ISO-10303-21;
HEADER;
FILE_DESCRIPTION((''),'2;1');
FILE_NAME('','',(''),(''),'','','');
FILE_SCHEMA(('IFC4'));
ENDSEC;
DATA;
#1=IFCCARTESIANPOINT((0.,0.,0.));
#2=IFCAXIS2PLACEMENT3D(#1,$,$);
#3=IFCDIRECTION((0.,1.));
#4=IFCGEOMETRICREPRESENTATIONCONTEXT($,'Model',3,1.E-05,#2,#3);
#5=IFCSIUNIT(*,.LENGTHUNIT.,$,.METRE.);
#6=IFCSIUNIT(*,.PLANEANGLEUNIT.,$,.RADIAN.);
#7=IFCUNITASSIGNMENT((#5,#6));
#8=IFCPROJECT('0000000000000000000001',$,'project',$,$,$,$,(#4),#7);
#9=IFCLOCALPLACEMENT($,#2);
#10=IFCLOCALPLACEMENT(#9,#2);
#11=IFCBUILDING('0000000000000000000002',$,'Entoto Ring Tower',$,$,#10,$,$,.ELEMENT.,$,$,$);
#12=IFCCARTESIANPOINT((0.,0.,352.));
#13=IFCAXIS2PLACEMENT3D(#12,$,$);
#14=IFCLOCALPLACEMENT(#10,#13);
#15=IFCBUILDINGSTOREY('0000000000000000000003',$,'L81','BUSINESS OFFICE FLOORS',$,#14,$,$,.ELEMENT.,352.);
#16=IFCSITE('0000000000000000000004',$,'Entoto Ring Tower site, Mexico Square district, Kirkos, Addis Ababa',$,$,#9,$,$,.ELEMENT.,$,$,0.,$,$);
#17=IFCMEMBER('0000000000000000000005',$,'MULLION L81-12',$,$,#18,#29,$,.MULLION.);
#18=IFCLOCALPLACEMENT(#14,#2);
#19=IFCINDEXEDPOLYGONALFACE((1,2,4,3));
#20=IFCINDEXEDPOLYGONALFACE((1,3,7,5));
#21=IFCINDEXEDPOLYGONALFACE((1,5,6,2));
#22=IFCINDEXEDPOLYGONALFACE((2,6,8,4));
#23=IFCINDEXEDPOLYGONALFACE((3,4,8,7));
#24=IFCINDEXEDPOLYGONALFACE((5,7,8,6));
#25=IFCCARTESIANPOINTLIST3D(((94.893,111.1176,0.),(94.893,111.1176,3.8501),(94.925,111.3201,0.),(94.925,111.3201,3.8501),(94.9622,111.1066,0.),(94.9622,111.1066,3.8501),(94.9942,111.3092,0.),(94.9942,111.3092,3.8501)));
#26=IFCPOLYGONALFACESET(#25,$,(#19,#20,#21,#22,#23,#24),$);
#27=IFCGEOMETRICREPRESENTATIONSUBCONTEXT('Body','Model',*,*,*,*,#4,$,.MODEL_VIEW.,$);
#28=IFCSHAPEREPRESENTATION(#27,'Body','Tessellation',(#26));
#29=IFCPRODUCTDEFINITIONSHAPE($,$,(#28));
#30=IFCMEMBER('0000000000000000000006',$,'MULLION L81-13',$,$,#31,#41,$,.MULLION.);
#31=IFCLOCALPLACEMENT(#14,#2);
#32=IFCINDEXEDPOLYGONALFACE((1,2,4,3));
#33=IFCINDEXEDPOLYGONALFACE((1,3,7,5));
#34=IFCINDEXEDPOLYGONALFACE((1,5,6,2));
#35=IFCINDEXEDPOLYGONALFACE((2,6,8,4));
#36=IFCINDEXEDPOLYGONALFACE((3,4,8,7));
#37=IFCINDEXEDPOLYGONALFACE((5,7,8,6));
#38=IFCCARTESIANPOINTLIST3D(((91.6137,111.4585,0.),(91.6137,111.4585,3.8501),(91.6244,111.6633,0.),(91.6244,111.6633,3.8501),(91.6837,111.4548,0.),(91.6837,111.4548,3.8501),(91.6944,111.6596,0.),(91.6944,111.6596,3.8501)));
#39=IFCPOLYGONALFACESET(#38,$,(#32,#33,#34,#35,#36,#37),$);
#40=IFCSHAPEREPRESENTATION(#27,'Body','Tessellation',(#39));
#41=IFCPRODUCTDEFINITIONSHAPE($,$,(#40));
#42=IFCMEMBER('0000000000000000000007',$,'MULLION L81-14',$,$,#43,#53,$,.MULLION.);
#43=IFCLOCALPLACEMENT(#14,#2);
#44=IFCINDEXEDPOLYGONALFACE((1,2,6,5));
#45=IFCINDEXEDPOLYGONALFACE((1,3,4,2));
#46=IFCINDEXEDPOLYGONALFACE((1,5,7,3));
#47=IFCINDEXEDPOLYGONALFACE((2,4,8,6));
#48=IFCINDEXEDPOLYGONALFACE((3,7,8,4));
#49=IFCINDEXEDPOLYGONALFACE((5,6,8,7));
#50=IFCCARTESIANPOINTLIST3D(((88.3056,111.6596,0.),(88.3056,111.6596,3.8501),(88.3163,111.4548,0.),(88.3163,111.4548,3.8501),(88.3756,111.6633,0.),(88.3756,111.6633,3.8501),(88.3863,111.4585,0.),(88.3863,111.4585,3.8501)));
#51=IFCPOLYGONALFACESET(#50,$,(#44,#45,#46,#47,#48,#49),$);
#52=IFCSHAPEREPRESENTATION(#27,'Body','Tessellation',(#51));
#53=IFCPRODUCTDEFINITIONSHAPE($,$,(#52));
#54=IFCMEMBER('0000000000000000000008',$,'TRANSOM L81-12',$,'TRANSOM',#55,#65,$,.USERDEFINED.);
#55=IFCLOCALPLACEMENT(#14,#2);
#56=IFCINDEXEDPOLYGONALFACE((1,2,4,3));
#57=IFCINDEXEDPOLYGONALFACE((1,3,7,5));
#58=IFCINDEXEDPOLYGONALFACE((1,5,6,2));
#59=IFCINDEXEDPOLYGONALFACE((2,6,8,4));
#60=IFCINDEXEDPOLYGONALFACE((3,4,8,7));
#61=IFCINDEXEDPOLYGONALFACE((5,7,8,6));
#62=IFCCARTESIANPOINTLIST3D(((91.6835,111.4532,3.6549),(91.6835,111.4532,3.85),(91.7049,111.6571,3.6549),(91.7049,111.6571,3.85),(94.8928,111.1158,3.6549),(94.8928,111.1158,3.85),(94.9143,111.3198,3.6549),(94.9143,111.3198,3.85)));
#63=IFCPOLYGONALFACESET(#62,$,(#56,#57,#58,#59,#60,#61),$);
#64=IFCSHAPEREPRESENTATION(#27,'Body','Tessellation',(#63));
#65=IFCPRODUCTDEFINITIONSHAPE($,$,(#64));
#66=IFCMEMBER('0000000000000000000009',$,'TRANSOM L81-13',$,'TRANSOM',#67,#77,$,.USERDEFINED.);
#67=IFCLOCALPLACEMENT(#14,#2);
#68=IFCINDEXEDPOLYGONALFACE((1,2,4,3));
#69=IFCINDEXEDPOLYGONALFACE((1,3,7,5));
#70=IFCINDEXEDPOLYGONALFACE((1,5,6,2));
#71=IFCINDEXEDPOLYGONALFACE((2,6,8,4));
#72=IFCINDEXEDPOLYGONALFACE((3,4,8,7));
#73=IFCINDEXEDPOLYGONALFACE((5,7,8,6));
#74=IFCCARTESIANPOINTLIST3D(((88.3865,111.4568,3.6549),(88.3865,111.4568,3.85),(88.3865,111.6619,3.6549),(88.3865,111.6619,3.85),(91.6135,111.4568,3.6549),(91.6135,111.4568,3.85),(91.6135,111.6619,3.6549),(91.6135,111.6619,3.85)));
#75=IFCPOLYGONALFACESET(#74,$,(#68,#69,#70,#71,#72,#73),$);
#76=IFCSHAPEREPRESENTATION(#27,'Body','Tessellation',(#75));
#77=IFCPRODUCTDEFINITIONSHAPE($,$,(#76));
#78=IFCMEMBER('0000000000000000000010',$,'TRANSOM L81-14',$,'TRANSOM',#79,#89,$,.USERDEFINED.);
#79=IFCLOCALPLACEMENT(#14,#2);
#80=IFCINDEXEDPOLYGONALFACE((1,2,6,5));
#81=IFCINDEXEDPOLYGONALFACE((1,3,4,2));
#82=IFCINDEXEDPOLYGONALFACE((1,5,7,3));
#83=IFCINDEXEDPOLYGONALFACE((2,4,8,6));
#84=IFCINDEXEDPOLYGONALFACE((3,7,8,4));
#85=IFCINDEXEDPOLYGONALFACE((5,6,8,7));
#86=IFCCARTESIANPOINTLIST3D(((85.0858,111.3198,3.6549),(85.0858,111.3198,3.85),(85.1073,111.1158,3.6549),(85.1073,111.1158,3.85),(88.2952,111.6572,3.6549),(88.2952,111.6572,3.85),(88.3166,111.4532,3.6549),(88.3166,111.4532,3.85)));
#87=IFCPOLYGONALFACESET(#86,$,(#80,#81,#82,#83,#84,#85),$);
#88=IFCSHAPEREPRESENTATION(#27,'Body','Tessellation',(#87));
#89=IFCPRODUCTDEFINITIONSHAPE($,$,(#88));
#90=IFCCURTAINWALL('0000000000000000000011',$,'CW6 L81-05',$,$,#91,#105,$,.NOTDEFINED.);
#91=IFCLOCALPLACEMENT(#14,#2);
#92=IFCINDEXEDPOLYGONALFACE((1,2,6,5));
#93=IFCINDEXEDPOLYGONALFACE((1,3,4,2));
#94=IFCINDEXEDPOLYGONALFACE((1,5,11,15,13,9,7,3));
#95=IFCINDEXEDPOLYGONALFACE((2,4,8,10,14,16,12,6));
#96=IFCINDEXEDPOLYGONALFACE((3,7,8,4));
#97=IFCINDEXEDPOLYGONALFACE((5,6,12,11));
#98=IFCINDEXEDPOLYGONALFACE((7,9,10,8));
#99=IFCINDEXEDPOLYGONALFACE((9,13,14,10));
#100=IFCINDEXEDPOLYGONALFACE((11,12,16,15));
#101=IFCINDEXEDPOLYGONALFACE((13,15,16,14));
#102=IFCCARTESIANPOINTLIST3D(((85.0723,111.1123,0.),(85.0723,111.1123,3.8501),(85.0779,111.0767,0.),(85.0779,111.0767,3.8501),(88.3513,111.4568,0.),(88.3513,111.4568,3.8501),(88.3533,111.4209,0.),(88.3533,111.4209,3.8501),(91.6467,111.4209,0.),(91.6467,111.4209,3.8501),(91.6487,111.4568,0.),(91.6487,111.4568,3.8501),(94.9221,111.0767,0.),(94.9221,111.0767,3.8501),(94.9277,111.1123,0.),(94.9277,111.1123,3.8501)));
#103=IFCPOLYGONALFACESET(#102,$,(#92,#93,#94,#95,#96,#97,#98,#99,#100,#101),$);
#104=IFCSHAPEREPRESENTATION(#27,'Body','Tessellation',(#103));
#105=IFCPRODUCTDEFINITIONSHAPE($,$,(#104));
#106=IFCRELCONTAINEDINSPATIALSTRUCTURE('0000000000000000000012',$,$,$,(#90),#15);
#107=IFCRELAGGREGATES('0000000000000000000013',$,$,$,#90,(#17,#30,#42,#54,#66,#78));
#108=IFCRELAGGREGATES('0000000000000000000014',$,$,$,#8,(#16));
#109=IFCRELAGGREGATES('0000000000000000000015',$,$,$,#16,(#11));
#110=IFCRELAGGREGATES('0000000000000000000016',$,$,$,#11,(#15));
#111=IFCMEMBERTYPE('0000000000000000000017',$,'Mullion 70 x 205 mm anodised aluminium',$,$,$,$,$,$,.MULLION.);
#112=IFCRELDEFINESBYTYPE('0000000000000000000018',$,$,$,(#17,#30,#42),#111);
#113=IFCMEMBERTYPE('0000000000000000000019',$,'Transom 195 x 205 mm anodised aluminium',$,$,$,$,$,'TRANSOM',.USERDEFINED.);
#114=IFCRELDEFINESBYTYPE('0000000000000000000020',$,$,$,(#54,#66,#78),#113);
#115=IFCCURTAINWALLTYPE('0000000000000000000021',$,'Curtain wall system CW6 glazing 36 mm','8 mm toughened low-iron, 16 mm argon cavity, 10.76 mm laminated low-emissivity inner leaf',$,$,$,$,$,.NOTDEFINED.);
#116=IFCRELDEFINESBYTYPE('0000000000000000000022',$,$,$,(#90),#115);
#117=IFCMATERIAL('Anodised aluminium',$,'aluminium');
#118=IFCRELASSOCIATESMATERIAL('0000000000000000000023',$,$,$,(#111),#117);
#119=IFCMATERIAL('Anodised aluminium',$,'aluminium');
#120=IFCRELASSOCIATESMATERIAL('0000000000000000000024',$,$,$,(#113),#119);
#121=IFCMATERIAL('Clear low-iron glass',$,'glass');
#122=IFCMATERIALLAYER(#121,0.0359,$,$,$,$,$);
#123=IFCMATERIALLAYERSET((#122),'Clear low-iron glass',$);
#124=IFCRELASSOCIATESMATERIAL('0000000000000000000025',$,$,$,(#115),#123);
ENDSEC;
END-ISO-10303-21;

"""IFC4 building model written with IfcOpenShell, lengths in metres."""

from ifc_helpers import new_model, si_unit, direction, frame, origin, origin_2d, place, context, subcontext, project, spatial, polyline, rectangle, outline, extrude, material, layer, layer_set, material_profile, profile_set, type_object, element, aggregate, save


model = new_model("IFC4")

# Units and contexts
model_context = context("Model", 3, precision=1e-05, world=origin(), true_north=direction((0.0, 1.0)))
body_context = subcontext(model_context, "Body", "Model", "MODEL_VIEW")
ifc_project = project(units=[si_unit("LENGTHUNIT", "METRE"), si_unit("PLANEANGLEUNIT", "RADIAN")], contexts=[model_context])

# Members
ifc_material_1 = material(Name="Anodised aluminium", Category="aluminium")
ifc_material_profile_1 = material_profile(ifc_material_1, rectangle(XDim=0.0701, YDim=0.2051, at=origin_2d()), Name="Mullion 70 x 205 mm anodised aluminium")
ifc_profile_set_1 = profile_set([ifc_material_profile_1], Name="Anodised aluminium")
member_type_1 = type_object("IfcMemberType", Name="Mullion 70 x 205 mm anodised aluminium", PredefinedType="MULLION", material=ifc_profile_set_1)
site_placement = place(None, origin())
building_placement = place(site_placement, origin())
storey_placement = place(building_placement, frame((0.0, 0.0, 352.0)))
member_1_placement = place(storey_placement, frame((94.9436, 111.2134, 0.0), z_axis=(0.0, 0.0, 1.0), x_axis=(-0.987688, 0.156434, 0.0)))
member_1 = element("IfcMember", 1, at=member_1_placement, type_object=member_type_1, Name="MULLION L81-12", PredefinedType="MULLION", context=body_context, shape_type="SweptSolid", body=[
    extrude(rectangle(XDim=0.0701, YDim=0.2051, at=origin_2d()), origin(), (0.0, 0.0, 1.0), 3.8501),
])
member_2_placement = place(storey_placement, frame((91.6541, 111.5591, 0.0), z_axis=(0.0, 0.0, 1.0), x_axis=(-0.99863, 0.052336, 0.0)))
member_2 = element("IfcMember", 2, at=member_2_placement, type_object=member_type_1, Name="MULLION L81-13", PredefinedType="MULLION", context=body_context, shape_type="SweptSolid", body=[
    extrude(rectangle(XDim=0.0701, YDim=0.2051, at=origin_2d()), origin(), (0.0, 0.0, 1.0), 3.8501),
])
member_3_placement = place(storey_placement, frame((88.3459, 111.5591, 0.0), z_axis=(0.0, 0.0, 1.0), x_axis=(-0.99863, -0.052336, 0.0)))
member_3 = element("IfcMember", 3, at=member_3_placement, type_object=member_type_1, Name="MULLION L81-14", PredefinedType="MULLION", context=body_context, shape_type="SweptSolid", body=[
    extrude(rectangle(XDim=0.0701, YDim=0.2051, at=origin_2d()), origin(), (0.0, 0.0, 1.0), 3.8501),
])
ifc_material_2 = material(Name="Anodised aluminium", Category="aluminium")
ifc_material_profile_2 = material_profile(ifc_material_2, rectangle(XDim=0.2051, YDim=0.1951, at=origin_2d()), Name="Transom 195 x 205 mm anodised aluminium")
ifc_profile_set_2 = profile_set([ifc_material_profile_2], Name="Anodised aluminium")
member_type_2 = type_object("IfcMemberType", Name="Transom 195 x 205 mm anodised aluminium", ElementType="TRANSOM", PredefinedType="USERDEFINED", material=ifc_profile_set_2)
member_4_placement = place(storey_placement, frame((94.9036, 111.2178, 3.7524), z_axis=(-0.99452, 0.104551, 0.0), x_axis=(-0.104551, -0.99452, 0.0)))
member_4 = element("IfcMember", 4, at=member_4_placement, type_object=member_type_2, Name="TRANSOM L81-12", ObjectType="TRANSOM", PredefinedType="USERDEFINED", context=body_context, shape_type="SweptSolid", body=[
    extrude(rectangle(XDim=0.2051, YDim=0.1951, at=origin_2d()), origin(), (0.0, 0.0, 1.0), 3.2271),
])
member_5_placement = place(storey_placement, frame((91.6135, 111.5593, 3.7524), z_axis=(-1.0, 0.0, 0.0), x_axis=(0.0, -1.0, 0.0)))
member_5 = element("IfcMember", 5, at=member_5_placement, type_object=member_type_2, Name="TRANSOM L81-13", ObjectType="TRANSOM", PredefinedType="USERDEFINED", context=body_context, shape_type="SweptSolid", body=[
    extrude(rectangle(XDim=0.2051, YDim=0.1951, at=origin_2d()), origin(), (0.0, 0.0, 1.0), 3.2271),
])
member_6_placement = place(storey_placement, frame((88.3059, 111.5552, 3.7524), z_axis=(-0.99452, -0.104551, 0.0), x_axis=(0.104551, -0.99452, 0.0)))
member_6 = element("IfcMember", 6, at=member_6_placement, type_object=member_type_2, Name="TRANSOM L81-14", ObjectType="TRANSOM", PredefinedType="USERDEFINED", context=body_context, shape_type="SweptSolid", body=[
    extrude(rectangle(XDim=0.2051, YDim=0.1951, at=origin_2d()), origin(), (0.0, 0.0, 1.0), 3.2271),
])

# Site, building, storey
site = spatial("IfcSite", under=ifc_project, at=site_placement, Name="Entoto Ring Tower site, Mexico Square district, Kirkos, Addis Ababa", CompositionType="ELEMENT", RefElevation=0.0)
building = spatial("IfcBuilding", under=site, at=building_placement, Name="Entoto Ring Tower", CompositionType="ELEMENT")
storey = spatial("IfcBuildingStorey", under=building, at=storey_placement, Name="L81", Description="BUSINESS OFFICE FLOORS", CompositionType="ELEMENT", Elevation=352.0)

# Curtain wall
ifc_material_3 = material(Name="Clear low-iron glass", Category="glass")
ifc_layer = layer(ifc_material_3, 0.0359)
ifc_layer_set = layer_set([ifc_layer], Name="Clear low-iron glass")
curtain_wall_type = type_object("IfcCurtainWallType", Name="Curtain wall system CW6 glazing 36 mm", Description="8 mm toughened low-iron, 16 mm argon cavity, 10.76 mm laminated low-emissivity inner leaf", PredefinedType="NOTDEFINED", material=ifc_layer_set)
curtain_wall_1_placement = place(storey_placement, origin())
curtain_wall_1 = element("IfcCurtainWall", 7, at=curtain_wall_1_placement, inside=storey, type_object=curtain_wall_type, Name="CW6 L81-05", PredefinedType="NOTDEFINED", context=body_context, shape_type="SweptSolid", body=[
    extrude(outline(polyline([(94.9277, 111.1123), (91.6487, 111.4568), (88.3513, 111.4568), (85.0723, 111.1123), (85.0779, 111.0767), (88.3533, 111.4209), (91.6467, 111.4209), (94.9221, 111.0767), (94.9277, 111.1123)])), origin(), (0.0, 0.0, 1.0), 3.8501),
])
aggregate(curtain_wall_1, [member_1, member_2, member_3, member_4, member_5, member_6])

save(model, "model.ifc")
